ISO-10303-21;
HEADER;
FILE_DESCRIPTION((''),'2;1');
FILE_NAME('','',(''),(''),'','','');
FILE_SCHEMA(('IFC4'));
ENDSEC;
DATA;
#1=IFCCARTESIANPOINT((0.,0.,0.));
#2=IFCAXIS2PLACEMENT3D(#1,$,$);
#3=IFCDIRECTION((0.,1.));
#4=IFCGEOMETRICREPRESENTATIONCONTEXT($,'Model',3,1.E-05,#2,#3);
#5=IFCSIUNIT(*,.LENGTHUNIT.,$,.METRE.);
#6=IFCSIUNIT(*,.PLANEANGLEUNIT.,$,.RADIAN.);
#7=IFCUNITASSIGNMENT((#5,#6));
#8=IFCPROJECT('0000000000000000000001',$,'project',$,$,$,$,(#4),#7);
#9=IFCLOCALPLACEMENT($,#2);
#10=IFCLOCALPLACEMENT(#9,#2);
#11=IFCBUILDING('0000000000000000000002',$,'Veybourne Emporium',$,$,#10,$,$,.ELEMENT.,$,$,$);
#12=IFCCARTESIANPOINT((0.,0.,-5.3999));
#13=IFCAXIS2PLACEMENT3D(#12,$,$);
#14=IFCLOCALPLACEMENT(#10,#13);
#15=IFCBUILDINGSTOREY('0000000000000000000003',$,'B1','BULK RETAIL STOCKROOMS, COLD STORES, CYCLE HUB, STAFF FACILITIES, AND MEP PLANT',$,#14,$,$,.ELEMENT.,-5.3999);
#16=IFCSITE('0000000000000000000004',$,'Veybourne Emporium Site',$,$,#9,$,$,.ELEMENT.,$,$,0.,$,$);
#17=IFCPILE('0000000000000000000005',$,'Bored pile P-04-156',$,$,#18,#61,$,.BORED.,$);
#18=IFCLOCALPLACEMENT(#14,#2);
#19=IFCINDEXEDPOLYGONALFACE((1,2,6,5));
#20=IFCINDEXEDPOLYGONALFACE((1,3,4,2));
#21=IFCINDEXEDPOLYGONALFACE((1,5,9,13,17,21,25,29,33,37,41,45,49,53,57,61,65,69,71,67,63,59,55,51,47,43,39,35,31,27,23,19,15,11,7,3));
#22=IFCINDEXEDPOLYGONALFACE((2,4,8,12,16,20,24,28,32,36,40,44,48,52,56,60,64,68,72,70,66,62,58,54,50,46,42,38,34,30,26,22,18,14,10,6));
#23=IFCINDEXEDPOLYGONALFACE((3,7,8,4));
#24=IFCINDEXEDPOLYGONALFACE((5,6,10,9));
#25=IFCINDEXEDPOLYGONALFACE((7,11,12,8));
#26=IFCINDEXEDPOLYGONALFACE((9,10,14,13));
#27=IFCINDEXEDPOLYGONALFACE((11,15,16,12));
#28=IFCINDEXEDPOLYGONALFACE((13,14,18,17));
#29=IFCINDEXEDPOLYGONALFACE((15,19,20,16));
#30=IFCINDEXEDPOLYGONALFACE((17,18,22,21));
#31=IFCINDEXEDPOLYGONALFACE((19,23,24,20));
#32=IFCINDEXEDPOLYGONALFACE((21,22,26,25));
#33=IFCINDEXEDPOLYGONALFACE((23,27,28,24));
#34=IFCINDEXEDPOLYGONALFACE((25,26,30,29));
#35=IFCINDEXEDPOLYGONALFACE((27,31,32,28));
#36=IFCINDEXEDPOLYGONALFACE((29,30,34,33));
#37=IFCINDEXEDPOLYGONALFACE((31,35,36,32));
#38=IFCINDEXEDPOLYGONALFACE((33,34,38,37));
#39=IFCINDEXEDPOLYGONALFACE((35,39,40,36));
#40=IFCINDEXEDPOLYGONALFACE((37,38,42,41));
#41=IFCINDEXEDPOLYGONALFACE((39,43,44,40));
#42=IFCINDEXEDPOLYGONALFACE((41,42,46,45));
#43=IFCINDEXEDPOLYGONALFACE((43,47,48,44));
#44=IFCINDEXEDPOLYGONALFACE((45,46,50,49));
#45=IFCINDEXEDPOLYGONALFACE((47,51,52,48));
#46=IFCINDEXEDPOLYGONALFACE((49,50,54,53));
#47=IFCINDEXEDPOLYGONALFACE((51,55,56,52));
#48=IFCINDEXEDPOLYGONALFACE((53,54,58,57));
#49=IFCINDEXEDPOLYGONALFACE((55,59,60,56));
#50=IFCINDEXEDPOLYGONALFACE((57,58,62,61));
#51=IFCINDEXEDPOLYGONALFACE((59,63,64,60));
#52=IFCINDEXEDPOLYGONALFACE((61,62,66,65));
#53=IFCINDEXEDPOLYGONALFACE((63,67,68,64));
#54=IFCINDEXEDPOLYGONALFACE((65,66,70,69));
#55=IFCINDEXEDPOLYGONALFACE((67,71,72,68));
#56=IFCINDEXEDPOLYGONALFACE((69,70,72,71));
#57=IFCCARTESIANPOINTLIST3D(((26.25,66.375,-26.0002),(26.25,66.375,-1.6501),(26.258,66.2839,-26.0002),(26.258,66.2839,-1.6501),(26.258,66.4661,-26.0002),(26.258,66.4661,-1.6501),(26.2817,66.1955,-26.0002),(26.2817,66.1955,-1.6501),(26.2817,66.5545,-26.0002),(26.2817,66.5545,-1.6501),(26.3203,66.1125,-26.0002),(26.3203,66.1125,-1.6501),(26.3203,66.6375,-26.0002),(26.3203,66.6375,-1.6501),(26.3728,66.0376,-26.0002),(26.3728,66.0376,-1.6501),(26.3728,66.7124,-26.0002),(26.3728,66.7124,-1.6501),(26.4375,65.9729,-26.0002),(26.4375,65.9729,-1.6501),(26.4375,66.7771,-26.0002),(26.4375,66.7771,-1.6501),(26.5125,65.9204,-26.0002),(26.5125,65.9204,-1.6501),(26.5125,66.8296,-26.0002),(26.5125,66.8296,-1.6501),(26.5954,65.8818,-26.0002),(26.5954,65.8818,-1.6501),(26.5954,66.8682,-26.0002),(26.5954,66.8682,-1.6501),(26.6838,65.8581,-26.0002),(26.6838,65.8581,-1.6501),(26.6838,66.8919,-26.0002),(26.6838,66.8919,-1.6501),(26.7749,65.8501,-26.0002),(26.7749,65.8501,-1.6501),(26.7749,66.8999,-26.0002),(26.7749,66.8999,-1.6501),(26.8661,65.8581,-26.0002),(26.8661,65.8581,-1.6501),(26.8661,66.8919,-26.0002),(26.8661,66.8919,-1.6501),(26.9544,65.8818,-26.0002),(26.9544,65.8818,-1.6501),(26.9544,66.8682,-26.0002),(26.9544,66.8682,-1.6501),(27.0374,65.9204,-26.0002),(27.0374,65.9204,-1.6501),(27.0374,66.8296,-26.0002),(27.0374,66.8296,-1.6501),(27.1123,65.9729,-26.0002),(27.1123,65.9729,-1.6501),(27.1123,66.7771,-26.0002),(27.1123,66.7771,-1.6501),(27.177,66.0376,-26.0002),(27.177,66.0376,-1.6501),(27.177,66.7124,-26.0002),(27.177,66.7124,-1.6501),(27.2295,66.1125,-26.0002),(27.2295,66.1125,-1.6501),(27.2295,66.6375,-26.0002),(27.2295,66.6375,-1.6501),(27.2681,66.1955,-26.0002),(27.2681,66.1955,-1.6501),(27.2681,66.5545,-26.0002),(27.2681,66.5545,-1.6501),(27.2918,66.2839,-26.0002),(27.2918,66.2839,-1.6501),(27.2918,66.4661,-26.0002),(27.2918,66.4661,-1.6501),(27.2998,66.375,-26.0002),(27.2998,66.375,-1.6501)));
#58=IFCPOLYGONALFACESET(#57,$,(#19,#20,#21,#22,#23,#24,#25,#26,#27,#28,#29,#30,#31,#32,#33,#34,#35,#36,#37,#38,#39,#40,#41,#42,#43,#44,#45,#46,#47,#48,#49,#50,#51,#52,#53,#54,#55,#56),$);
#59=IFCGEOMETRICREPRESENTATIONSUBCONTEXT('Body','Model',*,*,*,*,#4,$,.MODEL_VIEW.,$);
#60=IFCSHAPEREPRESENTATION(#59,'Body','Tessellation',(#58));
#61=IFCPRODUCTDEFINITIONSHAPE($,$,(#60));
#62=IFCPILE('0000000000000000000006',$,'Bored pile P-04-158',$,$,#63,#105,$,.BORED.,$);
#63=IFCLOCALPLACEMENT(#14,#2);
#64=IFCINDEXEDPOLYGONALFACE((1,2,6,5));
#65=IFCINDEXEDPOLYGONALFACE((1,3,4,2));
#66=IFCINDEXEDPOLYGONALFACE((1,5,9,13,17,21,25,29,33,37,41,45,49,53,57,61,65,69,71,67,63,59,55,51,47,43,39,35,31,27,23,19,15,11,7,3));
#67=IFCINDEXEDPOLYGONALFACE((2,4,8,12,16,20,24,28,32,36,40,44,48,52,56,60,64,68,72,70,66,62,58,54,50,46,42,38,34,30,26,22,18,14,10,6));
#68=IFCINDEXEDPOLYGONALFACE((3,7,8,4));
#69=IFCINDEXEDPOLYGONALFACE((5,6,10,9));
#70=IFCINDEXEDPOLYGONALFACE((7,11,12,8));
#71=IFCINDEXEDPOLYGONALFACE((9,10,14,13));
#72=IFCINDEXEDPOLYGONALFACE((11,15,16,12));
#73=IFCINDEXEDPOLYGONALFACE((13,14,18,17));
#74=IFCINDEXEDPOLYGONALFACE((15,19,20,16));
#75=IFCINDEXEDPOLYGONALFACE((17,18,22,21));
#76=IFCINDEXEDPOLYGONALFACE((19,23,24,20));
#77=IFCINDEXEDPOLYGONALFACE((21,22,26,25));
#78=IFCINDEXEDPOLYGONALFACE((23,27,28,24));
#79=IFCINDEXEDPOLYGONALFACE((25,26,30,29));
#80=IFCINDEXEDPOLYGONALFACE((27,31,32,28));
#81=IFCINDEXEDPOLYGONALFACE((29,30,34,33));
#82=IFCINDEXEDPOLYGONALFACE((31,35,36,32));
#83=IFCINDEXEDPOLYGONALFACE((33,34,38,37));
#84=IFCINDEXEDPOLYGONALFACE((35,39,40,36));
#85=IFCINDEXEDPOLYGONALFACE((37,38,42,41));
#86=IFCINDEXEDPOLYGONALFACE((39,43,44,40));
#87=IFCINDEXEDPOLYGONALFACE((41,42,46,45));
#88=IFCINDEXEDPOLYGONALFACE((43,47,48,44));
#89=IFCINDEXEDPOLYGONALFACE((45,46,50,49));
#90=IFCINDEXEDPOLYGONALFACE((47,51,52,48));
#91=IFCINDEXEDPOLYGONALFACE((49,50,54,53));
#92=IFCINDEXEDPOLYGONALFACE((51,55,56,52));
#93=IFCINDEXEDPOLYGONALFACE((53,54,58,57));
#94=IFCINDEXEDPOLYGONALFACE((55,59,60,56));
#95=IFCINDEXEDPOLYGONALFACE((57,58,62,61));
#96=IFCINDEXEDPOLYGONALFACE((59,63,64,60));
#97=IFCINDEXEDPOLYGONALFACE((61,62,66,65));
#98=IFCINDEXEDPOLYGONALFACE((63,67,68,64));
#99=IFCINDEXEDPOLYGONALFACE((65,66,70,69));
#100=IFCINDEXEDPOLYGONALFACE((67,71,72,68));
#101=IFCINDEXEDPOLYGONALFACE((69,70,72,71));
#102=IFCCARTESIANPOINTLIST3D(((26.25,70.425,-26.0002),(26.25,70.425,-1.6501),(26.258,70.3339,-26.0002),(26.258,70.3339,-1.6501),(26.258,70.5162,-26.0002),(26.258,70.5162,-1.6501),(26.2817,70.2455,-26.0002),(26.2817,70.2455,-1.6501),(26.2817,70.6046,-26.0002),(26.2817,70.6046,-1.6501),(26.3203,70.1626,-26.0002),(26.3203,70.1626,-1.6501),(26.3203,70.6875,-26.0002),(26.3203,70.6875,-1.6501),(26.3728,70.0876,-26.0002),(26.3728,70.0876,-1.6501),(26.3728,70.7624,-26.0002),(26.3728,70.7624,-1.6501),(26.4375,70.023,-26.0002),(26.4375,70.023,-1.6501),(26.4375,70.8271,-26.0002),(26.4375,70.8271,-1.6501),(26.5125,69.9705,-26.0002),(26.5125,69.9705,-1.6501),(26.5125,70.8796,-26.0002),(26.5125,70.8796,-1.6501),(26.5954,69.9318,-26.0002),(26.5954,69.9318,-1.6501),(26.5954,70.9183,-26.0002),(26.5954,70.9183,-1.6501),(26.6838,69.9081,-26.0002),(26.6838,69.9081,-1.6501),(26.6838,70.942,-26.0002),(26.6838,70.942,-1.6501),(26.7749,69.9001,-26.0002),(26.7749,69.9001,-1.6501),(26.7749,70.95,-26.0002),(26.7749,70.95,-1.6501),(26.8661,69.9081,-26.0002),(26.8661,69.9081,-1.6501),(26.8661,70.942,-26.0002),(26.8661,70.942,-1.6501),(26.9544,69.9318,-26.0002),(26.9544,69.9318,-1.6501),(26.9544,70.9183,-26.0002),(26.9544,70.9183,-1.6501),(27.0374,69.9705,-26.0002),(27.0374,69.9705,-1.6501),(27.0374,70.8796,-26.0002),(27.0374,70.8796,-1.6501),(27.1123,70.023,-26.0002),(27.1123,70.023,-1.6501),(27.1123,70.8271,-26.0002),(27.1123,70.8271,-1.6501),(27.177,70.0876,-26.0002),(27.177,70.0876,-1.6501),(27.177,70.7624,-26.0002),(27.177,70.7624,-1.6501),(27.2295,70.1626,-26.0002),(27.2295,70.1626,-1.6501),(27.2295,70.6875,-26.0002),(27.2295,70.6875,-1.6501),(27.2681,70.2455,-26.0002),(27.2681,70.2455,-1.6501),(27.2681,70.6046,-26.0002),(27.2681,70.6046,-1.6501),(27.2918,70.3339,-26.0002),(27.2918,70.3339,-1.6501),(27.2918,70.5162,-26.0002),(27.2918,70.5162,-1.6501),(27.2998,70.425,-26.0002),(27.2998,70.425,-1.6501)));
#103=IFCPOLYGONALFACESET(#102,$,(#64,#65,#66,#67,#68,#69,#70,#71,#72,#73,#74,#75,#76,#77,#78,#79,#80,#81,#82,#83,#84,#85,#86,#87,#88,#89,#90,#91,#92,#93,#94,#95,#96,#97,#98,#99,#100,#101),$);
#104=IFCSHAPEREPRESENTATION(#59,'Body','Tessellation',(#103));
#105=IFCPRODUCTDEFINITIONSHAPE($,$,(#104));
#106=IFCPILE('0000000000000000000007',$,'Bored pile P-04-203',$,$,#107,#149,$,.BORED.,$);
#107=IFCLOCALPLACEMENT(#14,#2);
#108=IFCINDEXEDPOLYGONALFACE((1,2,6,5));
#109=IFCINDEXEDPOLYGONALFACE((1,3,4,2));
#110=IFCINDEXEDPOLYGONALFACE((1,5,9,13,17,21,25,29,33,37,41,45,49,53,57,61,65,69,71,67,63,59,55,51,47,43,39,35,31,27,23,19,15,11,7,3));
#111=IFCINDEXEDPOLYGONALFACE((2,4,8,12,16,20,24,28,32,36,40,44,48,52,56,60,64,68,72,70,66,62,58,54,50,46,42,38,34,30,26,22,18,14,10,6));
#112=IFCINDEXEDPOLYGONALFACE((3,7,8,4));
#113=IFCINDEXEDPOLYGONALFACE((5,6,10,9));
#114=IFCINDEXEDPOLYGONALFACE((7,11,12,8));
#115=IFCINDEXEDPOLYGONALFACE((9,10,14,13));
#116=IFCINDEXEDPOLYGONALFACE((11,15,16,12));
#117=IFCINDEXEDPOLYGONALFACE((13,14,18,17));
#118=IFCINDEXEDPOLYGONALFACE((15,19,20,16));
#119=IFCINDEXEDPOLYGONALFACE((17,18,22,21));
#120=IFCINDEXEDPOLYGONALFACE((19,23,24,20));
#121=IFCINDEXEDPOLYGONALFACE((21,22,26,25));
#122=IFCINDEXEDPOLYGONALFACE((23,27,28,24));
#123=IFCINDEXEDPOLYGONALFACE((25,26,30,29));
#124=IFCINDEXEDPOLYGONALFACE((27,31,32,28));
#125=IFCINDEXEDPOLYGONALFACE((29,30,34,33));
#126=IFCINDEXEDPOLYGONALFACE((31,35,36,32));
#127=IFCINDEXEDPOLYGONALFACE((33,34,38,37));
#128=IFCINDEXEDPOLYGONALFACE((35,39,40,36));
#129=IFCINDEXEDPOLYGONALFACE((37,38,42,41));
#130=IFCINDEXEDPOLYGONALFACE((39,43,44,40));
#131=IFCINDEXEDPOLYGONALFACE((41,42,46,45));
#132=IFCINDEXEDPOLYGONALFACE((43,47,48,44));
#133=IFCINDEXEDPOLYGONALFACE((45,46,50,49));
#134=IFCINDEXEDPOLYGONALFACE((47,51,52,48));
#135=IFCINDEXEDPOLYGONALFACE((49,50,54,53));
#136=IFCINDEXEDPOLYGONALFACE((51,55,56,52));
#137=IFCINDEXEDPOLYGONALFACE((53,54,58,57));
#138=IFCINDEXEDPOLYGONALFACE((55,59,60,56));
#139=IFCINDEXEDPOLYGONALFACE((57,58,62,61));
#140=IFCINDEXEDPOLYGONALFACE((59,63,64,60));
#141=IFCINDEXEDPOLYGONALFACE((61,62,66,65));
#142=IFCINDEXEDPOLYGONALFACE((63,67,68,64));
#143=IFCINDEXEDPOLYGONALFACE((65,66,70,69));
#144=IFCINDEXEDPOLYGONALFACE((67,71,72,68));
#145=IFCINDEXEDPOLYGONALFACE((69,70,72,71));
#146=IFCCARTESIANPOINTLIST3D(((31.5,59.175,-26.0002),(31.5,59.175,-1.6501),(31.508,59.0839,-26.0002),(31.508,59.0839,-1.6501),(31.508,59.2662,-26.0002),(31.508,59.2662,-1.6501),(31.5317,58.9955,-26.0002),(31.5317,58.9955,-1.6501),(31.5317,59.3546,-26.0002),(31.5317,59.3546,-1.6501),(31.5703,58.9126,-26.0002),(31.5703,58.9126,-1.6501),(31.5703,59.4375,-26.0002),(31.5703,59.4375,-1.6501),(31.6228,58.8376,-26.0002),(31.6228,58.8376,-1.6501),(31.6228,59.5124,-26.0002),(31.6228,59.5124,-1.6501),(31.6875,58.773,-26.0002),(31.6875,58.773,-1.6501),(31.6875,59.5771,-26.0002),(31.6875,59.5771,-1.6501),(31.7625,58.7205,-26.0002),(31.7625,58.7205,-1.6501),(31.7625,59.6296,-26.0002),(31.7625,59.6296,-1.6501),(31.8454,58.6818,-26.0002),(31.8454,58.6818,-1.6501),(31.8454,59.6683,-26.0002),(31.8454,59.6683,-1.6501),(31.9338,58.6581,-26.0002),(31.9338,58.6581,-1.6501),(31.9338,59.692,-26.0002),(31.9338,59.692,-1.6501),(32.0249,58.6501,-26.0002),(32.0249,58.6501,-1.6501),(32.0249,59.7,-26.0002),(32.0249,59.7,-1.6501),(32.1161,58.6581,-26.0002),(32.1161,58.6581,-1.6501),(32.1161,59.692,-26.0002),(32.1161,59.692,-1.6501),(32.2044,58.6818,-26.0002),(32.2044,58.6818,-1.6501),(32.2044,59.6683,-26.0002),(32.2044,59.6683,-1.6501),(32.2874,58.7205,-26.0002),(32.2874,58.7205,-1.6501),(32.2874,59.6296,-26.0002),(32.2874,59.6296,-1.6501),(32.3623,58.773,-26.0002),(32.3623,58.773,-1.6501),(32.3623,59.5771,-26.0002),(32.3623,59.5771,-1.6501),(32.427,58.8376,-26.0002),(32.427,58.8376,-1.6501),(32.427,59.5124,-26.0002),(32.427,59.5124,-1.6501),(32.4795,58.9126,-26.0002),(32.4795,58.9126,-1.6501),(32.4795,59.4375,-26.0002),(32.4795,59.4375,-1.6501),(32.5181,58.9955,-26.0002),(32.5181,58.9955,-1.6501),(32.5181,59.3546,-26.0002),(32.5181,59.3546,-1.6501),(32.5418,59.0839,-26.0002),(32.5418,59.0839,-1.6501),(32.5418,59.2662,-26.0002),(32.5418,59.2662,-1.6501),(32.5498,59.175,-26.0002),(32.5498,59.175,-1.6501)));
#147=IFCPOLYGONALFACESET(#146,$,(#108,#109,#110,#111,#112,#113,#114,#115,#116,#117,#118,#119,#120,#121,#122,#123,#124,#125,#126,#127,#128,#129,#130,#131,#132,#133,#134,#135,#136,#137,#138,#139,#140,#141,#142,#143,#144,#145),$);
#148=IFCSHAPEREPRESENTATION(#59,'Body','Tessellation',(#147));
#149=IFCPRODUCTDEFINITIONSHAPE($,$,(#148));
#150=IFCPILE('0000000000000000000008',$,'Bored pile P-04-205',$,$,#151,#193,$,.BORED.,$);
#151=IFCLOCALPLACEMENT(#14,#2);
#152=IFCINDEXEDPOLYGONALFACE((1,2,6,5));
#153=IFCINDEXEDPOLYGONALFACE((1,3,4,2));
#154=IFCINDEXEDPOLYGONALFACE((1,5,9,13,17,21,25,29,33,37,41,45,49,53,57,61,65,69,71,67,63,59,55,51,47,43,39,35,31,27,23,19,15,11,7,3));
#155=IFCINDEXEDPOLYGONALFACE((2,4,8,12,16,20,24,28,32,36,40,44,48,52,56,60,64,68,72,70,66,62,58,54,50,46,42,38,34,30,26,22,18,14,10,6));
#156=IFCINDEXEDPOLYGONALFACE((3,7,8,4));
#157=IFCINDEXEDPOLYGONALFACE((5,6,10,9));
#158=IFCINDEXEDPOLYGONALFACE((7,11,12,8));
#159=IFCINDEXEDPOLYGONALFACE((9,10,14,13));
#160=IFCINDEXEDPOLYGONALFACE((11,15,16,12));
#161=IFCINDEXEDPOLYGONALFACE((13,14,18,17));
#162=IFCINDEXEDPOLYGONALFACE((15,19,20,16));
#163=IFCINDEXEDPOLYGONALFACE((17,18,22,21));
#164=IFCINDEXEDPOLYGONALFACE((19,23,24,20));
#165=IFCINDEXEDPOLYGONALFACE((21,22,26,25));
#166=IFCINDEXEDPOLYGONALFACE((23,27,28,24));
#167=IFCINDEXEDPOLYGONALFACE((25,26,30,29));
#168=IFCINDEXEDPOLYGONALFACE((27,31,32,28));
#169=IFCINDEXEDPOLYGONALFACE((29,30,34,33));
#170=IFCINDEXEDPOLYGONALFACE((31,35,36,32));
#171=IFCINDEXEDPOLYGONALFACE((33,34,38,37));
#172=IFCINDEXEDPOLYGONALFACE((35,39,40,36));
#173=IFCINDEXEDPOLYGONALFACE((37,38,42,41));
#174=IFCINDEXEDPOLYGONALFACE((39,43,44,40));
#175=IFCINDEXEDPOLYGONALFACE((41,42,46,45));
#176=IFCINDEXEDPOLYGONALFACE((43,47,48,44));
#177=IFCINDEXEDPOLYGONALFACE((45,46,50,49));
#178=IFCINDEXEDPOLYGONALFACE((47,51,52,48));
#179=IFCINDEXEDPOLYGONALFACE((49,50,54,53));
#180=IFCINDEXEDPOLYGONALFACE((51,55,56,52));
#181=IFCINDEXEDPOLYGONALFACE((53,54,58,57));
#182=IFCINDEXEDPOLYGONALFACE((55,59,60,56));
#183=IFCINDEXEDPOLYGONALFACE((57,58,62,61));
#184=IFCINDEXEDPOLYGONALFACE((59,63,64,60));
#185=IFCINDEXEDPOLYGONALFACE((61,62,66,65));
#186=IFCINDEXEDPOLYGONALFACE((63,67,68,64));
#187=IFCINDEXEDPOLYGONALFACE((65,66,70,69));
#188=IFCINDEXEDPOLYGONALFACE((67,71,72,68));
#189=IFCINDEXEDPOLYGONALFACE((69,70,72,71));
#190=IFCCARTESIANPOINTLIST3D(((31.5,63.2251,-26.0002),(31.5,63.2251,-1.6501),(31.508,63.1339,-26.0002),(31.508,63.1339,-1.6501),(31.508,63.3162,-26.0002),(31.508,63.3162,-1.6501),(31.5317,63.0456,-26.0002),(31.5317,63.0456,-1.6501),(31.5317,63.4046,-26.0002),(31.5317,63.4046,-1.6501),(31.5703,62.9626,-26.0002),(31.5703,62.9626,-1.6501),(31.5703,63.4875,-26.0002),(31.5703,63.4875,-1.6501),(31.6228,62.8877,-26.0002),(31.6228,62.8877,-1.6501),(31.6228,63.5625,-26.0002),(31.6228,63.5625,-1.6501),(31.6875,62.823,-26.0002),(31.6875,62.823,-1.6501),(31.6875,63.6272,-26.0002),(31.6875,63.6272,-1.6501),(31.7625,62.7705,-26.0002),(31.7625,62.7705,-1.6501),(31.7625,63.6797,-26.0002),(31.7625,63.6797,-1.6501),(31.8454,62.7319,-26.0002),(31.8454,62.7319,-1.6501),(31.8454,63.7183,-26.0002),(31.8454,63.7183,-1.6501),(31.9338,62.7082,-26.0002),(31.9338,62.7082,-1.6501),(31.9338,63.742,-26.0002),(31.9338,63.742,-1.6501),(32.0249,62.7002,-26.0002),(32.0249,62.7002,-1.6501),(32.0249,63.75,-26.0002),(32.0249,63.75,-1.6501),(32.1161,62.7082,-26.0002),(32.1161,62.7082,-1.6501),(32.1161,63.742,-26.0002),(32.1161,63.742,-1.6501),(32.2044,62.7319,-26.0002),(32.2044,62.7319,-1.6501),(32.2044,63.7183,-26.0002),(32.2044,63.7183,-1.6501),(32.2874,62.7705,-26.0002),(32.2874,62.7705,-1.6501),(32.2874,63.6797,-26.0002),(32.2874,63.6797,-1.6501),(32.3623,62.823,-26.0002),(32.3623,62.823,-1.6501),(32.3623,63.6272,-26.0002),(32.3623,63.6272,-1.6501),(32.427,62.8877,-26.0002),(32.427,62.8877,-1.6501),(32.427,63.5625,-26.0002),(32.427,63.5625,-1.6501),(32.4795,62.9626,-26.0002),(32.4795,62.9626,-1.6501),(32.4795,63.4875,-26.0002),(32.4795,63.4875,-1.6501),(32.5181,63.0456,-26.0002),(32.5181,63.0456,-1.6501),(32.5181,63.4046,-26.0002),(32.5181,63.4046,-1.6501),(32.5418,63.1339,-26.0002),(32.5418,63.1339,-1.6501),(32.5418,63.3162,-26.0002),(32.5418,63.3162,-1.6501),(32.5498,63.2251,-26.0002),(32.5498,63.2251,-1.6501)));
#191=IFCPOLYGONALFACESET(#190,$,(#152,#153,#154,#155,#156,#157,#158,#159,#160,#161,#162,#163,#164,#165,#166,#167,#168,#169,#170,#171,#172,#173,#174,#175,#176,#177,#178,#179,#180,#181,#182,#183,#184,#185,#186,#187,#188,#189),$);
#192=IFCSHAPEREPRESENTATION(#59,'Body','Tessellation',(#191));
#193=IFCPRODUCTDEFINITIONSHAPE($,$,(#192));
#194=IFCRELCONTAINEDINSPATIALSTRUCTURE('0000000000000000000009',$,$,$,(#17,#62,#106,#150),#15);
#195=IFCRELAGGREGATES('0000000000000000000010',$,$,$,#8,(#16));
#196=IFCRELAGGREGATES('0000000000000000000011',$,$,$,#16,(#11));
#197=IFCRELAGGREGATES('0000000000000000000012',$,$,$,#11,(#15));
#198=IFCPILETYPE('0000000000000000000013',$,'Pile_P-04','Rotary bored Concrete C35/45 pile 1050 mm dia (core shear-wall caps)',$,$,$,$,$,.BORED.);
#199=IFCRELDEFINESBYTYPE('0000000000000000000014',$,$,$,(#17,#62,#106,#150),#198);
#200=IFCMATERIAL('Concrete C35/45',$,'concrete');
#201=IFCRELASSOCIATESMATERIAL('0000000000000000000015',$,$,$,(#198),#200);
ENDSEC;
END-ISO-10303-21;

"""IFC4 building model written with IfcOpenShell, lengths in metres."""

from ifc_helpers import new_model, si_unit, direction, frame, origin, origin_2d, place, context, subcontext, project, spatial, circle, extrude, material, material_profile, profile_set, type_object, element, save


model = new_model("IFC4")

# Units and contexts
model_context = context("Model", 3, precision=1e-05, world=origin(), true_north=direction((0.0, 1.0)))
body_context = subcontext(model_context, "Body", "Model", "MODEL_VIEW")
ifc_project = project(units=[si_unit("LENGTHUNIT", "METRE"), si_unit("PLANEANGLEUNIT", "RADIAN")], contexts=[model_context])

# Site, building, storey
site_placement = place(None, origin())
site = spatial("IfcSite", under=ifc_project, at=site_placement, Name="Veybourne Emporium Site", CompositionType="ELEMENT", RefElevation=0.0)
building_placement = place(site_placement, origin())
building = spatial("IfcBuilding", under=site, at=building_placement, Name="Veybourne Emporium", CompositionType="ELEMENT")
storey_placement = place(building_placement, frame((0.0, 0.0, -5.3999)))
storey = spatial("IfcBuildingStorey", under=building, at=storey_placement, Name="B1", Description="BULK RETAIL STOCKROOMS, COLD STORES, CYCLE HUB, STAFF FACILITIES, AND MEP PLANT", CompositionType="ELEMENT", Elevation=-5.3999)

# Shared definitions
ifc_material_1 = material(Name="Concrete C35/45", Category="concrete")

# Piles
ifc_material_profile_1 = material_profile(ifc_material_1, circle(Radius=0.5249, at=origin_2d()), Name="BORED PILE 1050")
ifc_profile_set_1 = profile_set([ifc_material_profile_1], Name="Concrete C35/45")
pile_type_1 = type_object("IfcPileType", Name="Pile_P-04", Description="Rotary bored Concrete C35/45 pile 1050 mm dia (core shear-wall caps)", PredefinedType="BORED", material=ifc_profile_set_1)
for number, where, z_axis, x_axis, name in (
    (1, (26.7749, 66.375, -1.6501), (0.0, 0.0, -1.0), (1.0, 0.0, 0.0), "Bored pile P-04-156"),
    (2, (26.7749, 70.425, -1.6501), (0.0, 0.0, -1.0), (1.0, 0.0, 0.0), "Bored pile P-04-158"),
    (3, (32.0249, 59.175, -1.6501), (0.0, 0.0, -1.0), (1.0, 0.0, 0.0), "Bored pile P-04-203"),
    (4, (32.0249, 63.2251, -1.6501), (0.0, 0.0, -1.0), (1.0, 0.0, 0.0), "Bored pile P-04-205"),
):
    element("IfcPile", number, at=place(storey_placement, frame(where, z_axis=z_axis, x_axis=x_axis)), inside=storey, type_object=pile_type_1, Name=name, PredefinedType="BORED", context=body_context, shape_type="SweptSolid", body=[
        extrude(circle(Radius=0.5249, at=origin_2d()), origin(), (0.0, 0.0, 1.0), 24.3501),
    ])

save(model, "model.ifc")
